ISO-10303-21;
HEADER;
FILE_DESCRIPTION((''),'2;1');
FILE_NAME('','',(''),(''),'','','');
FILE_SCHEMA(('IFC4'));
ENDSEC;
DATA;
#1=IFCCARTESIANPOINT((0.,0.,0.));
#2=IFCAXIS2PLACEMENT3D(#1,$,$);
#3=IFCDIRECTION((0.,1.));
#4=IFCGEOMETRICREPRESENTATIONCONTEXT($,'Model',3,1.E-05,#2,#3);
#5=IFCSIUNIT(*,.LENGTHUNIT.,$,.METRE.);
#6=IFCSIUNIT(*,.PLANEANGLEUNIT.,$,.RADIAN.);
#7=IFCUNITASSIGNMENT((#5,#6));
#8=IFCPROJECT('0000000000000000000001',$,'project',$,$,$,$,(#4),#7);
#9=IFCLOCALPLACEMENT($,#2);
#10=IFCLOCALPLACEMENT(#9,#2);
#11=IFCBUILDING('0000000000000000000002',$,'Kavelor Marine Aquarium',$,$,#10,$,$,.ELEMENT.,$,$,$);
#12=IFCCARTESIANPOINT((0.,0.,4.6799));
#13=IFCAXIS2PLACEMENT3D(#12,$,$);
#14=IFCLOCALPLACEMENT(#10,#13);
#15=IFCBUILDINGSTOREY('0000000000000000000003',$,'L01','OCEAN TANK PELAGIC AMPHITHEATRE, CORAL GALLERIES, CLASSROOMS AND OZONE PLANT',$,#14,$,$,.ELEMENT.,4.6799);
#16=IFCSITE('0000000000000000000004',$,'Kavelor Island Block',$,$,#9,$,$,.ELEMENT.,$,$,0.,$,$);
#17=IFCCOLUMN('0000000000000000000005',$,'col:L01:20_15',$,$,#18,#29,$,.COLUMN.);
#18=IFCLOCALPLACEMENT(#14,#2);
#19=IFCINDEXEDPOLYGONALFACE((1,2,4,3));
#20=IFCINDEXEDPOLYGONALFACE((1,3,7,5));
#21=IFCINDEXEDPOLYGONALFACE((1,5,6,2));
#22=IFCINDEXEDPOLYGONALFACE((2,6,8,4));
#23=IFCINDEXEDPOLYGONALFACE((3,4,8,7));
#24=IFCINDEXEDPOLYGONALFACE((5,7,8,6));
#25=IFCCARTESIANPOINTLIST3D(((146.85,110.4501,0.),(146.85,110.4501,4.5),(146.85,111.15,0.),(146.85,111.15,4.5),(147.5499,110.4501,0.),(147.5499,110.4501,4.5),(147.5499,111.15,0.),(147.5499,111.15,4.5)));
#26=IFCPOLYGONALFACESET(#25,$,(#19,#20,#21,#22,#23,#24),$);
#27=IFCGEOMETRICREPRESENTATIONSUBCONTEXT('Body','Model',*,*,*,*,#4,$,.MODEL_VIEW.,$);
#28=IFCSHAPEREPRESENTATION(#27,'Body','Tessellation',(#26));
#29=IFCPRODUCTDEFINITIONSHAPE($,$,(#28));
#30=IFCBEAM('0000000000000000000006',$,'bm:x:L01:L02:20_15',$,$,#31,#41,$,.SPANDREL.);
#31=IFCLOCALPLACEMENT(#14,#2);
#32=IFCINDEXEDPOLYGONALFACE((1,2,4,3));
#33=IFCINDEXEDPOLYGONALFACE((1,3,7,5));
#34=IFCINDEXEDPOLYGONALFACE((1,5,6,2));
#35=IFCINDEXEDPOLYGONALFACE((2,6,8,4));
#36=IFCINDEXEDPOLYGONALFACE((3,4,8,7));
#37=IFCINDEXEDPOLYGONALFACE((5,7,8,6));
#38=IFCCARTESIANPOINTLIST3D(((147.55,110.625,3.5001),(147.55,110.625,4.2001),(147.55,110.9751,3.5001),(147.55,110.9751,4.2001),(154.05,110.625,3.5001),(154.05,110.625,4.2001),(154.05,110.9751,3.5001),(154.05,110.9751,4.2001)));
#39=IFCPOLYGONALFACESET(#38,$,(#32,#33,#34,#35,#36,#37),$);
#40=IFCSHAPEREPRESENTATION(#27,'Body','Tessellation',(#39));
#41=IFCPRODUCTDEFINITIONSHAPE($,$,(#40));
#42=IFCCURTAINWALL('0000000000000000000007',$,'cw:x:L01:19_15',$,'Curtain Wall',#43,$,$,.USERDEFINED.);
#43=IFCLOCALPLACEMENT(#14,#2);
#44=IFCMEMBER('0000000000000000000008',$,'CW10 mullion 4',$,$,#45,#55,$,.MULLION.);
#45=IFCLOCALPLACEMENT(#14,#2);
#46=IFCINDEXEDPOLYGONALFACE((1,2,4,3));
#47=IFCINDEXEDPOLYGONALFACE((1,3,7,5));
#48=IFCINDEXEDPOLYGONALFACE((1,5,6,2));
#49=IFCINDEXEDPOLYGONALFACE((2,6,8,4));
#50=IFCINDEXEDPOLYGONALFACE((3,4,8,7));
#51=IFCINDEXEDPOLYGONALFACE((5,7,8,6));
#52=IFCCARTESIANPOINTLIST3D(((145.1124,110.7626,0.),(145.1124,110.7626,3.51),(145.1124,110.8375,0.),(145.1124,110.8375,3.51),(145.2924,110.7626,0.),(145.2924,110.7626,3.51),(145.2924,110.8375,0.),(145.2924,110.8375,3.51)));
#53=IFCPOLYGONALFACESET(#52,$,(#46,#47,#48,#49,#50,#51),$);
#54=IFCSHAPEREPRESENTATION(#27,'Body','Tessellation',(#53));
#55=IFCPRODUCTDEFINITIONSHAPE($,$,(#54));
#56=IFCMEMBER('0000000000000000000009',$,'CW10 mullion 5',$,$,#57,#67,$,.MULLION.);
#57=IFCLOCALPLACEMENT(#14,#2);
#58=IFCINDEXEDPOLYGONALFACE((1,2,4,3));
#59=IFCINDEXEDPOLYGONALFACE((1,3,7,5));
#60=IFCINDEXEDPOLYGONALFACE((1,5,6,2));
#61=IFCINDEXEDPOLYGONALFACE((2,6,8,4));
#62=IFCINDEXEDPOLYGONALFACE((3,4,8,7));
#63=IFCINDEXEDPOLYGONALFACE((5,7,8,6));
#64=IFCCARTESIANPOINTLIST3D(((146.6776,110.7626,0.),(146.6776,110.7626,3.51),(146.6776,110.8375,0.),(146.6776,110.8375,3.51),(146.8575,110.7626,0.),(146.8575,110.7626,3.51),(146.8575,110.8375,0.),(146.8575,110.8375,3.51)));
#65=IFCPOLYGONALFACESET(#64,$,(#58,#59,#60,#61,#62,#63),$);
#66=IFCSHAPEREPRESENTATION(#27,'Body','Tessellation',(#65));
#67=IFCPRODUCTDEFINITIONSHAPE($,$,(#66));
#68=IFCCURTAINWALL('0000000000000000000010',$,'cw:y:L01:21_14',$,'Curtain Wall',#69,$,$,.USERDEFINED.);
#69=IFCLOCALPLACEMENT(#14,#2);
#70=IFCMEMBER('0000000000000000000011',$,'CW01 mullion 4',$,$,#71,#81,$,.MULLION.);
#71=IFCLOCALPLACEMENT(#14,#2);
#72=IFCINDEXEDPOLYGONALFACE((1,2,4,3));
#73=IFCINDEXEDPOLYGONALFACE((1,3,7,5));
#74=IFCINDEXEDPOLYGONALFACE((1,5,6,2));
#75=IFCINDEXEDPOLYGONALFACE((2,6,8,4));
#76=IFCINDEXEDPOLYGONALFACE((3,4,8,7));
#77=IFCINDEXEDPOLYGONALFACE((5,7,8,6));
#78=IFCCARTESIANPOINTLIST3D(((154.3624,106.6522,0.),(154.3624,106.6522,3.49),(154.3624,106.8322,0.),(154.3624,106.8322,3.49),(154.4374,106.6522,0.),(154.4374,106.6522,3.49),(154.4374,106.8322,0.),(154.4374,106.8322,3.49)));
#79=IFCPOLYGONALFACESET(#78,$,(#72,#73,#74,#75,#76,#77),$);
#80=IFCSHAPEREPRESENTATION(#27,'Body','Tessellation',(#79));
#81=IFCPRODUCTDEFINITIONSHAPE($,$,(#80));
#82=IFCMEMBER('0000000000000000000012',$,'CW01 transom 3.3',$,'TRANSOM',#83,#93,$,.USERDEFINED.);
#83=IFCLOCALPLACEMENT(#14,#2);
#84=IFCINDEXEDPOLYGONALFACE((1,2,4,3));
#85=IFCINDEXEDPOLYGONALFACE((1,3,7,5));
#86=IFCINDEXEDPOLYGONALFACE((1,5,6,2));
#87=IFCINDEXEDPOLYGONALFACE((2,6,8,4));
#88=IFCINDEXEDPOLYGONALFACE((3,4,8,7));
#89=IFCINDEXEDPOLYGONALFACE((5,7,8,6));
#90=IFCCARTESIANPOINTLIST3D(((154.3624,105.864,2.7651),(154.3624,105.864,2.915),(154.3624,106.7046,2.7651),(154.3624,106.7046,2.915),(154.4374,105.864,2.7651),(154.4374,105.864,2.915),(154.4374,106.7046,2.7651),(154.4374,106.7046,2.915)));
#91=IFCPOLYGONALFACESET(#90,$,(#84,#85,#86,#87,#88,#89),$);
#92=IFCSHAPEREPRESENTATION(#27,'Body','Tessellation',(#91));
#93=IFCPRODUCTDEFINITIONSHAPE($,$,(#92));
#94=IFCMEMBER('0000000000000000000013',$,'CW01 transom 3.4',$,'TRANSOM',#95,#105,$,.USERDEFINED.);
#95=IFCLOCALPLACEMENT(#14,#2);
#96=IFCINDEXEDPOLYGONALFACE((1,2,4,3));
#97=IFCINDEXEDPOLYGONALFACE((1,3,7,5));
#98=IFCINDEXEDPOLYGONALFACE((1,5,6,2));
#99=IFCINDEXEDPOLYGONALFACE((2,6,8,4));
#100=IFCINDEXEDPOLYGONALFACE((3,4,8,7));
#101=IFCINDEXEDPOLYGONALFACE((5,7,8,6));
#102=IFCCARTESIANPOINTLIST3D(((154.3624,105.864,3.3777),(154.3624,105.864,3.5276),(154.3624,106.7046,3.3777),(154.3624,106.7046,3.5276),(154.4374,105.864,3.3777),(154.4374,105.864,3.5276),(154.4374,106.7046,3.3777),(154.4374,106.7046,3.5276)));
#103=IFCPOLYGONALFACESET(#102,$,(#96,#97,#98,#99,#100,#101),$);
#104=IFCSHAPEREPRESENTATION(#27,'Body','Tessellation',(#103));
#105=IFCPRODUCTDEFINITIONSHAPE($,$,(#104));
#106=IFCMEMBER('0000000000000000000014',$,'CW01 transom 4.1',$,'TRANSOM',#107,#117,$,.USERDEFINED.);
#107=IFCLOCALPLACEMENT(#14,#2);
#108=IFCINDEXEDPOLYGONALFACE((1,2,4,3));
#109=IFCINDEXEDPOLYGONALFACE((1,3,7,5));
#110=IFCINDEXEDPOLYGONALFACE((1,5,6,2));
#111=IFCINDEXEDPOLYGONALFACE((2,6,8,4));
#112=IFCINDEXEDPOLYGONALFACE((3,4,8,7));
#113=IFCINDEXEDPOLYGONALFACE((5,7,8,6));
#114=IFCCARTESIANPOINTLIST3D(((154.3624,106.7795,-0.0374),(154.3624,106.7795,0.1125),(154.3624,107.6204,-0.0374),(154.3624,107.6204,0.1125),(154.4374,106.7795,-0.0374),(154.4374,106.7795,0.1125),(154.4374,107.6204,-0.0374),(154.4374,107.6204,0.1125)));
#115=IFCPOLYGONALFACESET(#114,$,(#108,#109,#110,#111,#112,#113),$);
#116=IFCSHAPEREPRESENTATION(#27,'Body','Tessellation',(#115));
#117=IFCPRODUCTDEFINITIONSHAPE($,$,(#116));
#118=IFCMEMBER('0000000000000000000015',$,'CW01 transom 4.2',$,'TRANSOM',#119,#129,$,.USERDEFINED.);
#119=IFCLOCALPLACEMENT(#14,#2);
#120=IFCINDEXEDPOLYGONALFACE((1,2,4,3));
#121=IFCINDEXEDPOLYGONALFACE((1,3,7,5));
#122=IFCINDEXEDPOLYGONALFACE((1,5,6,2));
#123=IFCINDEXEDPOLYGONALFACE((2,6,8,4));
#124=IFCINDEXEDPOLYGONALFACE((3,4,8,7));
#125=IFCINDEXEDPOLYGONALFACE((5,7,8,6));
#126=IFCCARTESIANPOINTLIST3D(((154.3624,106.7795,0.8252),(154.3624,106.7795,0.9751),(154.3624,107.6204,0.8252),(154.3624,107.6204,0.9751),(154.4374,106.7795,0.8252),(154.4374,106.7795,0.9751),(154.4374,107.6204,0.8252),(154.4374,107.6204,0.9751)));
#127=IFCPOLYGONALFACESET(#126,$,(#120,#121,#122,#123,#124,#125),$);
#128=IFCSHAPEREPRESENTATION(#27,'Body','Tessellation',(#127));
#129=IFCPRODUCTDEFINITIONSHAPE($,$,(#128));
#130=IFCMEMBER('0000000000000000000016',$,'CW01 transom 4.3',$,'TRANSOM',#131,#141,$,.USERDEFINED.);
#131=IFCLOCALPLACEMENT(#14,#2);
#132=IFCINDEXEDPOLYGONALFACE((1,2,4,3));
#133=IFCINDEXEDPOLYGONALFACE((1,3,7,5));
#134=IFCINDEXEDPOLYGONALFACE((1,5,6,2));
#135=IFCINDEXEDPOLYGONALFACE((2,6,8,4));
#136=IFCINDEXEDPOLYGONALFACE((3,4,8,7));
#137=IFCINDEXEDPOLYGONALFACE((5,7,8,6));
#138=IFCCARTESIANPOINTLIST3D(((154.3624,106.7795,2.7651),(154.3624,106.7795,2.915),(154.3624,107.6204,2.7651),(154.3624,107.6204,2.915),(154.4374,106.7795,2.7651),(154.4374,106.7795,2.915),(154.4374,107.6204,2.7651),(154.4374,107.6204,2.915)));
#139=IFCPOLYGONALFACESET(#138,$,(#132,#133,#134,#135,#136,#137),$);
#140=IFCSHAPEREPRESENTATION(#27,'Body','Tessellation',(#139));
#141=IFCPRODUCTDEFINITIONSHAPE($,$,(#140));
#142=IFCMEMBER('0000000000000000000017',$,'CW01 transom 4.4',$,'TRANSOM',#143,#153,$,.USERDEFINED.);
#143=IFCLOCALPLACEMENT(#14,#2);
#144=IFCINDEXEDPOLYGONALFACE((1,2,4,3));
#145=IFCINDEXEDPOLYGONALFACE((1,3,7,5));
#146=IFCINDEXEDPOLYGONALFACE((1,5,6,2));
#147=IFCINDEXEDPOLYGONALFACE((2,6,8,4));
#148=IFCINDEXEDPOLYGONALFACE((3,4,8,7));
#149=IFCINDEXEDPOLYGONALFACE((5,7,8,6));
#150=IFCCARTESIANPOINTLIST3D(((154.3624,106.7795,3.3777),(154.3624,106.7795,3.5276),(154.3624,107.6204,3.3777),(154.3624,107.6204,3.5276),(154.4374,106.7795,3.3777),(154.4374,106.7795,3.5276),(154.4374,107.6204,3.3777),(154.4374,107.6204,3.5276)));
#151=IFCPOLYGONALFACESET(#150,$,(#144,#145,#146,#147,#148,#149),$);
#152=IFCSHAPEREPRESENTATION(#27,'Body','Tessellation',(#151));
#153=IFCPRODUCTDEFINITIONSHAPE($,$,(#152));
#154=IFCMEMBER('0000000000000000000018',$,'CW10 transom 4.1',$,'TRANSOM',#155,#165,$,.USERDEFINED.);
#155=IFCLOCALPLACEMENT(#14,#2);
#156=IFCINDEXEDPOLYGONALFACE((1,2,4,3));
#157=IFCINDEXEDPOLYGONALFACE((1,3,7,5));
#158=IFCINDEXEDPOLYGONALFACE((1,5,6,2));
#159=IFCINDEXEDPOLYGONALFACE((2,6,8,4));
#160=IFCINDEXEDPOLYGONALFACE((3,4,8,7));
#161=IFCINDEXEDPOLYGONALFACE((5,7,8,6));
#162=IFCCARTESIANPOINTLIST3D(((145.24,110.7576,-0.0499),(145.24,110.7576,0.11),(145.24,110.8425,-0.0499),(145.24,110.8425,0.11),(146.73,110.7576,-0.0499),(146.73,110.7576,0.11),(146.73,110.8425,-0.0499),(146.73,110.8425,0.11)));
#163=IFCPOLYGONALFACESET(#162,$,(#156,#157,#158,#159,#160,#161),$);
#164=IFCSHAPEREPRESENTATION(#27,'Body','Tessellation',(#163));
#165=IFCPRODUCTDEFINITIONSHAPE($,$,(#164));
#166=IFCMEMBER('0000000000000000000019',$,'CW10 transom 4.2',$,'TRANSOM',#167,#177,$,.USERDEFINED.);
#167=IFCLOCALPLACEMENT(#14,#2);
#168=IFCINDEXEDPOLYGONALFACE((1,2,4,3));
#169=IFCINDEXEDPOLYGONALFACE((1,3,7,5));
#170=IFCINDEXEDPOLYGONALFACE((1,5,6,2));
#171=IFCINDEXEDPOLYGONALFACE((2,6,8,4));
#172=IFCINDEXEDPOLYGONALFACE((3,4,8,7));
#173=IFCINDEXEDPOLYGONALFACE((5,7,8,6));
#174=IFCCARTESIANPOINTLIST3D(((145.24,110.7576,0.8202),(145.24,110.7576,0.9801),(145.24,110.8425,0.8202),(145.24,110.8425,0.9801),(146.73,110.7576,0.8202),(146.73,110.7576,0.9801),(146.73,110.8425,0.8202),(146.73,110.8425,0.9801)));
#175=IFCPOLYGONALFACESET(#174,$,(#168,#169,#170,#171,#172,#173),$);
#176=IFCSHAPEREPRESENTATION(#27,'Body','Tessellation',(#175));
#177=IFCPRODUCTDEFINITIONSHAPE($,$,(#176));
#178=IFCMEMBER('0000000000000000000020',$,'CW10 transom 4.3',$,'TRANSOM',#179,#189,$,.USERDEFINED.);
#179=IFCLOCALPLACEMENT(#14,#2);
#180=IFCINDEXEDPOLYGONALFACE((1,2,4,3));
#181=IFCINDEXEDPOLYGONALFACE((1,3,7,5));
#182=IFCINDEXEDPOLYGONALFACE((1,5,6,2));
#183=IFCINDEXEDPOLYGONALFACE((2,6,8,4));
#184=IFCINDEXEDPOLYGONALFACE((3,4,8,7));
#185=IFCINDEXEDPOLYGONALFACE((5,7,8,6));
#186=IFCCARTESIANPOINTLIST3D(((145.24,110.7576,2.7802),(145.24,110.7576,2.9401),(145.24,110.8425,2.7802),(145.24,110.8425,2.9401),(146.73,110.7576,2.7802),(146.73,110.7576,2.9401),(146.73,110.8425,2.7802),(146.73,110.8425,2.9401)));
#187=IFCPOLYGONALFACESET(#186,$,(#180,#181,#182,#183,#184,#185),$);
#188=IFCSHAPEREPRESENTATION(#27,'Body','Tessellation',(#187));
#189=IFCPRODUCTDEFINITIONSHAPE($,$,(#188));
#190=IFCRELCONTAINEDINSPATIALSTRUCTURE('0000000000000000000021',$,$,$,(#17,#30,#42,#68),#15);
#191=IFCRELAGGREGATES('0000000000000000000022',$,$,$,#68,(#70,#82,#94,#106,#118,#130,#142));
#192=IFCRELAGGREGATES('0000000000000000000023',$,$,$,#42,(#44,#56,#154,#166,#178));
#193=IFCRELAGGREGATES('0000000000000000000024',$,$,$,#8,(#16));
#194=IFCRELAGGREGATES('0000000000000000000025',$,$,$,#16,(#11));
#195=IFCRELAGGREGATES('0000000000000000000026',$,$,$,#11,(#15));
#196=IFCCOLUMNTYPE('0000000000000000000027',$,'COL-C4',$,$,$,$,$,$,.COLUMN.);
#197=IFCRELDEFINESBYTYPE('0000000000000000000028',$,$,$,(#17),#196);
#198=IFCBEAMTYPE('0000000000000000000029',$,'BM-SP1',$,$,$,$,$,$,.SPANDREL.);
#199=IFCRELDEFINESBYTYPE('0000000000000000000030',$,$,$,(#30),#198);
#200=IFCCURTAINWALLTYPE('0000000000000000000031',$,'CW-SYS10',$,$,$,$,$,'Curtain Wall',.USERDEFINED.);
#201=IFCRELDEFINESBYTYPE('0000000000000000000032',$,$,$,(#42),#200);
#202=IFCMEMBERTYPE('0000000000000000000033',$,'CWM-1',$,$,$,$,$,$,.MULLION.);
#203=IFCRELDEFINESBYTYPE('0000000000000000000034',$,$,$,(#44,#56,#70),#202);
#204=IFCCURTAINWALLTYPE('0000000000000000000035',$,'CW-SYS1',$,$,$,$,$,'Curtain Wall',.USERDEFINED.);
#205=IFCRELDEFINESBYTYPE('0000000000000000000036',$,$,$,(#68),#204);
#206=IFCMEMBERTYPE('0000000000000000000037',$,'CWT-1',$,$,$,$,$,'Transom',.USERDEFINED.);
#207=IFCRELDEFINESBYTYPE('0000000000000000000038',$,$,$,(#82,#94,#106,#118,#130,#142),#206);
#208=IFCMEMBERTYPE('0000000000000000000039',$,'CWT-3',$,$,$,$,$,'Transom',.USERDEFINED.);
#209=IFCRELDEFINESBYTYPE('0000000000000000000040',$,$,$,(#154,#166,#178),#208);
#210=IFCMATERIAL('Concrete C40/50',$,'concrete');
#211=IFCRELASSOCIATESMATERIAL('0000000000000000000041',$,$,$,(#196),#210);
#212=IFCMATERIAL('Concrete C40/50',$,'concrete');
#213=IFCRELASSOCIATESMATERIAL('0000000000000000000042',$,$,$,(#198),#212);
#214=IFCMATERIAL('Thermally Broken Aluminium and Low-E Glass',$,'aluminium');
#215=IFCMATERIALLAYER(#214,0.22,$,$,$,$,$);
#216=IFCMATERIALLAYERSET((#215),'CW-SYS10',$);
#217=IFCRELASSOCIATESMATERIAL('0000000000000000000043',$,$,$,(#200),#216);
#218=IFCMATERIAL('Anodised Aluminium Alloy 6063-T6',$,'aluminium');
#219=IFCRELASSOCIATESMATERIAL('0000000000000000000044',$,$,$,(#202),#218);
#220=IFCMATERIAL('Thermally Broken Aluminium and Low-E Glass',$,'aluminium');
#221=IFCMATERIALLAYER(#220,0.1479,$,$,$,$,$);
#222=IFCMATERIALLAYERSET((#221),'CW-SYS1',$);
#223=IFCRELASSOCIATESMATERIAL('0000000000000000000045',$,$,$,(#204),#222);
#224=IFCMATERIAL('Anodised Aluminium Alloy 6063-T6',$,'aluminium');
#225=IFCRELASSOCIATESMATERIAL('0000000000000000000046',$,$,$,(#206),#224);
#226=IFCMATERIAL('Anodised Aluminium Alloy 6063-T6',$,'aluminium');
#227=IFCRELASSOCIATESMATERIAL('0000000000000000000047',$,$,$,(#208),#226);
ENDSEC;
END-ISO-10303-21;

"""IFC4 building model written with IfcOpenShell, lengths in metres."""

from ifc_helpers import new_model, si_unit, direction, frame, origin, origin_2d, place, context, subcontext, project, spatial, rectangle, extrude, material, layer, layer_set, material_profile, profile_set, type_object, element, aggregate, save


model = new_model("IFC4")

# Units and contexts
model_context = context("Model", 3, precision=1e-05, world=origin(), true_north=direction((0.0, 1.0)))
body_context = subcontext(model_context, "Body", "Model", "MODEL_VIEW")
ifc_project = project(units=[si_unit("LENGTHUNIT", "METRE"), si_unit("PLANEANGLEUNIT", "RADIAN")], contexts=[model_context])

# Site, building, storey
site_placement = place(None, origin())
site = spatial("IfcSite", under=ifc_project, at=site_placement, Name="Kavelor Island Block", CompositionType="ELEMENT", RefElevation=0.0)
building_placement = place(site_placement, origin())
building = spatial("IfcBuilding", under=site, at=building_placement, Name="Kavelor Marine Aquarium", CompositionType="ELEMENT")
storey_placement = place(building_placement, frame((0.0, 0.0, 4.6799)))
storey = spatial("IfcBuildingStorey", under=building, at=storey_placement, Name="L01", Description="OCEAN TANK PELAGIC AMPHITHEATRE, CORAL GALLERIES, CLASSROOMS AND OZONE PLANT", CompositionType="ELEMENT", Elevation=4.6799)

# Column
ifc_material_1 = material(Name="Concrete C40/50", Category="concrete")
ifc_material_profile_1 = material_profile(ifc_material_1, rectangle(XDim=0.7, YDim=0.7, at=origin_2d()), Name="RC-COL 700x700")
ifc_profile_set_1 = profile_set([ifc_material_profile_1], Name="Concrete C40/50")
column_type = type_object("IfcColumnType", Name="COL-C4", PredefinedType="COLUMN", material=ifc_profile_set_1)
column_placement = place(storey_placement, frame((147.2, 110.8, 0.0), z_axis=(0.0, 0.0, 1.0), x_axis=(1.0, 0.0, 0.0)))
element("IfcColumn", 1, at=column_placement, inside=storey, type_object=column_type, Name="col:L01:20_15", PredefinedType="COLUMN", context=body_context, shape_type="SweptSolid", body=[
    extrude(rectangle(XDim=0.7, YDim=0.7, at=origin_2d()), origin(), (0.0, 0.0, 1.0), 4.5),
])

# Beam
ifc_material_2 = material(Name="Concrete C40/50", Category="concrete")
ifc_material_profile_2 = material_profile(ifc_material_2, rectangle(XDim=0.3501, YDim=0.7, at=origin_2d()), Name="RC-SP 350x700")
ifc_profile_set_2 = profile_set([ifc_material_profile_2], Name="Concrete C40/50")
beam_type = type_object("IfcBeamType", Name="BM-SP1", PredefinedType="SPANDREL", material=ifc_profile_set_2)
beam_placement = place(storey_placement, frame((147.55, 110.8, 3.8501), z_axis=(1.0, 0.0, 0.0), x_axis=(0.0, 1.0, 0.0)))
element("IfcBeam", 2, at=beam_placement, inside=storey, type_object=beam_type, Name="bm:x:L01:L02:20_15", PredefinedType="SPANDREL", context=body_context, shape_type="SweptSolid", body=[
    extrude(rectangle(XDim=0.3501, YDim=0.7, at=origin_2d()), origin(), (0.0, 0.0, 1.0), 6.5),
])

# Curtain walls, members
ifc_material_3 = material(Name="Thermally Broken Aluminium and Low-E Glass", Category="aluminium")
ifc_layer_1 = layer(ifc_material_3, 0.22)
ifc_layer_set_1 = layer_set([ifc_layer_1], Name="CW-SYS10")
curtain_wall_type_1 = type_object("IfcCurtainWallType", Name="CW-SYS10", ElementType="Curtain Wall", PredefinedType="USERDEFINED", material=ifc_layer_set_1)
curtain_wall_1_placement = place(storey_placement, origin())
curtain_wall_1 = element("IfcCurtainWall", 3, at=curtain_wall_1_placement, inside=storey, type_object=curtain_wall_type_1, Name="cw:x:L01:19_15", ObjectType="Curtain Wall", PredefinedType="USERDEFINED")
ifc_material_4 = material(Name="Anodised Aluminium Alloy 6063-T6", Category="aluminium")
ifc_material_profile_3 = material_profile(ifc_material_4, rectangle(XDim=0.075, YDim=0.1799, at=origin_2d()), Name="CW-MUL 75x180")
ifc_profile_set_3 = profile_set([ifc_material_profile_3], Name="Anodised Aluminium Alloy 6063-T6")
member_type_1 = type_object("IfcMemberType", Name="CWM-1", PredefinedType="MULLION", material=ifc_profile_set_3)
member_1_placement = place(storey_placement, frame((145.2024, 110.8, 0.0), z_axis=(0.0, 0.0, 1.0), x_axis=(0.0, 1.0, 0.0)))
member_1 = element("IfcMember", 4, at=member_1_placement, type_object=member_type_1, Name="CW10 mullion 4", PredefinedType="MULLION", context=body_context, shape_type="SweptSolid", body=[
    extrude(rectangle(XDim=0.075, YDim=0.1799, at=origin_2d()), origin(), (0.0, 0.0, 1.0), 3.51),
])
member_2_placement = place(storey_placement, frame((146.7676, 110.8, 0.0), z_axis=(0.0, 0.0, 1.0), x_axis=(0.0, 1.0, 0.0)))
member_2 = element("IfcMember", 5, at=member_2_placement, type_object=member_type_1, Name="CW10 mullion 5", PredefinedType="MULLION", context=body_context, shape_type="SweptSolid", body=[
    extrude(rectangle(XDim=0.075, YDim=0.1799, at=origin_2d()), origin(), (0.0, 0.0, 1.0), 3.51),
])
ifc_material_5 = material(Name="Thermally Broken Aluminium and Low-E Glass", Category="aluminium")
ifc_layer_2 = layer(ifc_material_5, 0.1479)
ifc_layer_set_2 = layer_set([ifc_layer_2], Name="CW-SYS1")
curtain_wall_type_2 = type_object("IfcCurtainWallType", Name="CW-SYS1", ElementType="Curtain Wall", PredefinedType="USERDEFINED", material=ifc_layer_set_2)
curtain_wall_2_placement = place(storey_placement, origin())
curtain_wall_2 = element("IfcCurtainWall", 6, at=curtain_wall_2_placement, inside=storey, type_object=curtain_wall_type_2, Name="cw:y:L01:21_14", ObjectType="Curtain Wall", PredefinedType="USERDEFINED")
member_3_placement = place(storey_placement, frame((154.3999, 106.7422, 0.0), z_axis=(0.0, 0.0, 1.0), x_axis=(-1.0, 0.0, 0.0)))
member_3 = element("IfcMember", 7, at=member_3_placement, type_object=member_type_1, Name="CW01 mullion 4", PredefinedType="MULLION", context=body_context, shape_type="SweptSolid", body=[
    extrude(rectangle(XDim=0.075, YDim=0.1799, at=origin_2d()), origin(), (0.0, 0.0, 1.0), 3.49),
])
ifc_material_6 = material(Name="Anodised Aluminium Alloy 6063-T6", Category="aluminium")
ifc_material_profile_4 = material_profile(ifc_material_6, rectangle(XDim=0.075, YDim=0.1499, at=origin_2d()), Name="CW-TRN 75x150")
ifc_profile_set_4 = profile_set([ifc_material_profile_4], Name="Anodised Aluminium Alloy 6063-T6")
member_type_2 = type_object("IfcMemberType", Name="CWT-1", ElementType="Transom", PredefinedType="USERDEFINED", material=ifc_profile_set_4)
member_4_placement = place(storey_placement, frame((154.3999, 105.864, 2.8401), z_axis=(0.0, 1.0, 0.0), x_axis=(-1.0, 0.0, 0.0)))
member_4 = element("IfcMember", 8, at=member_4_placement, type_object=member_type_2, Name="CW01 transom 3.3", ObjectType="TRANSOM", PredefinedType="USERDEFINED", context=body_context, shape_type="SweptSolid", body=[
    extrude(rectangle(XDim=0.075, YDim=0.1499, at=origin_2d()), origin(), (0.0, 0.0, 1.0), 0.8406),
])
member_5_placement = place(storey_placement, frame((154.3999, 105.864, 3.4526), z_axis=(0.0, 1.0, 0.0), x_axis=(-1.0, 0.0, 0.0)))
member_5 = element("IfcMember", 9, at=member_5_placement, type_object=member_type_2, Name="CW01 transom 3.4", ObjectType="TRANSOM", PredefinedType="USERDEFINED", context=body_context, shape_type="SweptSolid", body=[
    extrude(rectangle(XDim=0.075, YDim=0.1499, at=origin_2d()), origin(), (0.0, 0.0, 1.0), 0.8406),
])
member_6_placement = place(storey_placement, frame((154.3999, 106.7795, 0.0376), z_axis=(0.0, 1.0, 0.0), x_axis=(-1.0, 0.0, 0.0)))
member_6 = element("IfcMember", 10, at=member_6_placement, type_object=member_type_2, Name="CW01 transom 4.1", ObjectType="TRANSOM", PredefinedType="USERDEFINED", context=body_context, shape_type="SweptSolid", body=[
    extrude(rectangle(XDim=0.075, YDim=0.1499, at=origin_2d()), origin(), (0.0, 0.0, 1.0), 0.8408),
])
member_7_placement = place(storey_placement, frame((154.3999, 106.7795, 0.9001), z_axis=(0.0, 1.0, 0.0), x_axis=(-1.0, 0.0, 0.0)))
member_7 = element("IfcMember", 11, at=member_7_placement, type_object=member_type_2, Name="CW01 transom 4.2", ObjectType="TRANSOM", PredefinedType="USERDEFINED", context=body_context, shape_type="SweptSolid", body=[
    extrude(rectangle(XDim=0.075, YDim=0.1499, at=origin_2d()), origin(), (0.0, 0.0, 1.0), 0.8408),
])
member_8_placement = place(storey_placement, frame((154.3999, 106.7795, 2.8401), z_axis=(0.0, 1.0, 0.0), x_axis=(-1.0, 0.0, 0.0)))
member_8 = element("IfcMember", 12, at=member_8_placement, type_object=member_type_2, Name="CW01 transom 4.3", ObjectType="TRANSOM", PredefinedType="USERDEFINED", context=body_context, shape_type="SweptSolid", body=[
    extrude(rectangle(XDim=0.075, YDim=0.1499, at=origin_2d()), origin(), (0.0, 0.0, 1.0), 0.8408),
])
member_9_placement = place(storey_placement, frame((154.3999, 106.7795, 3.4526), z_axis=(0.0, 1.0, 0.0), x_axis=(-1.0, 0.0, 0.0)))
member_9 = element("IfcMember", 13, at=member_9_placement, type_object=member_type_2, Name="CW01 transom 4.4", ObjectType="TRANSOM", PredefinedType="USERDEFINED", context=body_context, shape_type="SweptSolid", body=[
    extrude(rectangle(XDim=0.075, YDim=0.1499, at=origin_2d()), origin(), (0.0, 0.0, 1.0), 0.8408),
])

# Members
ifc_material_7 = material(Name="Anodised Aluminium Alloy 6063-T6", Category="aluminium")
ifc_material_profile_5 = material_profile(ifc_material_7, rectangle(XDim=0.085, YDim=0.1599, at=origin_2d()), Name="CW-TRN 85x160")
ifc_profile_set_5 = profile_set([ifc_material_profile_5], Name="Anodised Aluminium Alloy 6063-T6")
member_type_3 = type_object("IfcMemberType", Name="CWT-3", ElementType="Transom", PredefinedType="USERDEFINED", material=ifc_profile_set_5)
member_10_placement = place(storey_placement, frame((145.24, 110.8, 0.03), z_axis=(1.0, 0.0, 0.0), x_axis=(0.0, 1.0, 0.0)))
member_10 = element("IfcMember", 14, at=member_10_placement, type_object=member_type_3, Name="CW10 transom 4.1", ObjectType="TRANSOM", PredefinedType="USERDEFINED", context=body_context, shape_type="SweptSolid", body=[
    extrude(rectangle(XDim=0.085, YDim=0.1599, at=origin_2d()), origin(), (0.0, 0.0, 1.0), 1.49),
])
member_11_placement = place(storey_placement, frame((145.24, 110.8, 0.9001), z_axis=(1.0, 0.0, 0.0), x_axis=(0.0, 1.0, 0.0)))
member_11 = element("IfcMember", 15, at=member_11_placement, type_object=member_type_3, Name="CW10 transom 4.2", ObjectType="TRANSOM", PredefinedType="USERDEFINED", context=body_context, shape_type="SweptSolid", body=[
    extrude(rectangle(XDim=0.085, YDim=0.1599, at=origin_2d()), origin(), (0.0, 0.0, 1.0), 1.49),
])
member_12_placement = place(storey_placement, frame((145.24, 110.8, 2.8601), z_axis=(1.0, 0.0, 0.0), x_axis=(0.0, 1.0, 0.0)))
member_12 = element("IfcMember", 16, at=member_12_placement, type_object=member_type_3, Name="CW10 transom 4.3", ObjectType="TRANSOM", PredefinedType="USERDEFINED", context=body_context, shape_type="SweptSolid", body=[
    extrude(rectangle(XDim=0.085, YDim=0.1599, at=origin_2d()), origin(), (0.0, 0.0, 1.0), 1.49),
])

aggregate(curtain_wall_2, [member_3, member_4, member_5, member_6, member_7, member_8, member_9])
aggregate(curtain_wall_1, [member_1, member_2, member_10, member_11, member_12])

save(model, "model.ifc")
